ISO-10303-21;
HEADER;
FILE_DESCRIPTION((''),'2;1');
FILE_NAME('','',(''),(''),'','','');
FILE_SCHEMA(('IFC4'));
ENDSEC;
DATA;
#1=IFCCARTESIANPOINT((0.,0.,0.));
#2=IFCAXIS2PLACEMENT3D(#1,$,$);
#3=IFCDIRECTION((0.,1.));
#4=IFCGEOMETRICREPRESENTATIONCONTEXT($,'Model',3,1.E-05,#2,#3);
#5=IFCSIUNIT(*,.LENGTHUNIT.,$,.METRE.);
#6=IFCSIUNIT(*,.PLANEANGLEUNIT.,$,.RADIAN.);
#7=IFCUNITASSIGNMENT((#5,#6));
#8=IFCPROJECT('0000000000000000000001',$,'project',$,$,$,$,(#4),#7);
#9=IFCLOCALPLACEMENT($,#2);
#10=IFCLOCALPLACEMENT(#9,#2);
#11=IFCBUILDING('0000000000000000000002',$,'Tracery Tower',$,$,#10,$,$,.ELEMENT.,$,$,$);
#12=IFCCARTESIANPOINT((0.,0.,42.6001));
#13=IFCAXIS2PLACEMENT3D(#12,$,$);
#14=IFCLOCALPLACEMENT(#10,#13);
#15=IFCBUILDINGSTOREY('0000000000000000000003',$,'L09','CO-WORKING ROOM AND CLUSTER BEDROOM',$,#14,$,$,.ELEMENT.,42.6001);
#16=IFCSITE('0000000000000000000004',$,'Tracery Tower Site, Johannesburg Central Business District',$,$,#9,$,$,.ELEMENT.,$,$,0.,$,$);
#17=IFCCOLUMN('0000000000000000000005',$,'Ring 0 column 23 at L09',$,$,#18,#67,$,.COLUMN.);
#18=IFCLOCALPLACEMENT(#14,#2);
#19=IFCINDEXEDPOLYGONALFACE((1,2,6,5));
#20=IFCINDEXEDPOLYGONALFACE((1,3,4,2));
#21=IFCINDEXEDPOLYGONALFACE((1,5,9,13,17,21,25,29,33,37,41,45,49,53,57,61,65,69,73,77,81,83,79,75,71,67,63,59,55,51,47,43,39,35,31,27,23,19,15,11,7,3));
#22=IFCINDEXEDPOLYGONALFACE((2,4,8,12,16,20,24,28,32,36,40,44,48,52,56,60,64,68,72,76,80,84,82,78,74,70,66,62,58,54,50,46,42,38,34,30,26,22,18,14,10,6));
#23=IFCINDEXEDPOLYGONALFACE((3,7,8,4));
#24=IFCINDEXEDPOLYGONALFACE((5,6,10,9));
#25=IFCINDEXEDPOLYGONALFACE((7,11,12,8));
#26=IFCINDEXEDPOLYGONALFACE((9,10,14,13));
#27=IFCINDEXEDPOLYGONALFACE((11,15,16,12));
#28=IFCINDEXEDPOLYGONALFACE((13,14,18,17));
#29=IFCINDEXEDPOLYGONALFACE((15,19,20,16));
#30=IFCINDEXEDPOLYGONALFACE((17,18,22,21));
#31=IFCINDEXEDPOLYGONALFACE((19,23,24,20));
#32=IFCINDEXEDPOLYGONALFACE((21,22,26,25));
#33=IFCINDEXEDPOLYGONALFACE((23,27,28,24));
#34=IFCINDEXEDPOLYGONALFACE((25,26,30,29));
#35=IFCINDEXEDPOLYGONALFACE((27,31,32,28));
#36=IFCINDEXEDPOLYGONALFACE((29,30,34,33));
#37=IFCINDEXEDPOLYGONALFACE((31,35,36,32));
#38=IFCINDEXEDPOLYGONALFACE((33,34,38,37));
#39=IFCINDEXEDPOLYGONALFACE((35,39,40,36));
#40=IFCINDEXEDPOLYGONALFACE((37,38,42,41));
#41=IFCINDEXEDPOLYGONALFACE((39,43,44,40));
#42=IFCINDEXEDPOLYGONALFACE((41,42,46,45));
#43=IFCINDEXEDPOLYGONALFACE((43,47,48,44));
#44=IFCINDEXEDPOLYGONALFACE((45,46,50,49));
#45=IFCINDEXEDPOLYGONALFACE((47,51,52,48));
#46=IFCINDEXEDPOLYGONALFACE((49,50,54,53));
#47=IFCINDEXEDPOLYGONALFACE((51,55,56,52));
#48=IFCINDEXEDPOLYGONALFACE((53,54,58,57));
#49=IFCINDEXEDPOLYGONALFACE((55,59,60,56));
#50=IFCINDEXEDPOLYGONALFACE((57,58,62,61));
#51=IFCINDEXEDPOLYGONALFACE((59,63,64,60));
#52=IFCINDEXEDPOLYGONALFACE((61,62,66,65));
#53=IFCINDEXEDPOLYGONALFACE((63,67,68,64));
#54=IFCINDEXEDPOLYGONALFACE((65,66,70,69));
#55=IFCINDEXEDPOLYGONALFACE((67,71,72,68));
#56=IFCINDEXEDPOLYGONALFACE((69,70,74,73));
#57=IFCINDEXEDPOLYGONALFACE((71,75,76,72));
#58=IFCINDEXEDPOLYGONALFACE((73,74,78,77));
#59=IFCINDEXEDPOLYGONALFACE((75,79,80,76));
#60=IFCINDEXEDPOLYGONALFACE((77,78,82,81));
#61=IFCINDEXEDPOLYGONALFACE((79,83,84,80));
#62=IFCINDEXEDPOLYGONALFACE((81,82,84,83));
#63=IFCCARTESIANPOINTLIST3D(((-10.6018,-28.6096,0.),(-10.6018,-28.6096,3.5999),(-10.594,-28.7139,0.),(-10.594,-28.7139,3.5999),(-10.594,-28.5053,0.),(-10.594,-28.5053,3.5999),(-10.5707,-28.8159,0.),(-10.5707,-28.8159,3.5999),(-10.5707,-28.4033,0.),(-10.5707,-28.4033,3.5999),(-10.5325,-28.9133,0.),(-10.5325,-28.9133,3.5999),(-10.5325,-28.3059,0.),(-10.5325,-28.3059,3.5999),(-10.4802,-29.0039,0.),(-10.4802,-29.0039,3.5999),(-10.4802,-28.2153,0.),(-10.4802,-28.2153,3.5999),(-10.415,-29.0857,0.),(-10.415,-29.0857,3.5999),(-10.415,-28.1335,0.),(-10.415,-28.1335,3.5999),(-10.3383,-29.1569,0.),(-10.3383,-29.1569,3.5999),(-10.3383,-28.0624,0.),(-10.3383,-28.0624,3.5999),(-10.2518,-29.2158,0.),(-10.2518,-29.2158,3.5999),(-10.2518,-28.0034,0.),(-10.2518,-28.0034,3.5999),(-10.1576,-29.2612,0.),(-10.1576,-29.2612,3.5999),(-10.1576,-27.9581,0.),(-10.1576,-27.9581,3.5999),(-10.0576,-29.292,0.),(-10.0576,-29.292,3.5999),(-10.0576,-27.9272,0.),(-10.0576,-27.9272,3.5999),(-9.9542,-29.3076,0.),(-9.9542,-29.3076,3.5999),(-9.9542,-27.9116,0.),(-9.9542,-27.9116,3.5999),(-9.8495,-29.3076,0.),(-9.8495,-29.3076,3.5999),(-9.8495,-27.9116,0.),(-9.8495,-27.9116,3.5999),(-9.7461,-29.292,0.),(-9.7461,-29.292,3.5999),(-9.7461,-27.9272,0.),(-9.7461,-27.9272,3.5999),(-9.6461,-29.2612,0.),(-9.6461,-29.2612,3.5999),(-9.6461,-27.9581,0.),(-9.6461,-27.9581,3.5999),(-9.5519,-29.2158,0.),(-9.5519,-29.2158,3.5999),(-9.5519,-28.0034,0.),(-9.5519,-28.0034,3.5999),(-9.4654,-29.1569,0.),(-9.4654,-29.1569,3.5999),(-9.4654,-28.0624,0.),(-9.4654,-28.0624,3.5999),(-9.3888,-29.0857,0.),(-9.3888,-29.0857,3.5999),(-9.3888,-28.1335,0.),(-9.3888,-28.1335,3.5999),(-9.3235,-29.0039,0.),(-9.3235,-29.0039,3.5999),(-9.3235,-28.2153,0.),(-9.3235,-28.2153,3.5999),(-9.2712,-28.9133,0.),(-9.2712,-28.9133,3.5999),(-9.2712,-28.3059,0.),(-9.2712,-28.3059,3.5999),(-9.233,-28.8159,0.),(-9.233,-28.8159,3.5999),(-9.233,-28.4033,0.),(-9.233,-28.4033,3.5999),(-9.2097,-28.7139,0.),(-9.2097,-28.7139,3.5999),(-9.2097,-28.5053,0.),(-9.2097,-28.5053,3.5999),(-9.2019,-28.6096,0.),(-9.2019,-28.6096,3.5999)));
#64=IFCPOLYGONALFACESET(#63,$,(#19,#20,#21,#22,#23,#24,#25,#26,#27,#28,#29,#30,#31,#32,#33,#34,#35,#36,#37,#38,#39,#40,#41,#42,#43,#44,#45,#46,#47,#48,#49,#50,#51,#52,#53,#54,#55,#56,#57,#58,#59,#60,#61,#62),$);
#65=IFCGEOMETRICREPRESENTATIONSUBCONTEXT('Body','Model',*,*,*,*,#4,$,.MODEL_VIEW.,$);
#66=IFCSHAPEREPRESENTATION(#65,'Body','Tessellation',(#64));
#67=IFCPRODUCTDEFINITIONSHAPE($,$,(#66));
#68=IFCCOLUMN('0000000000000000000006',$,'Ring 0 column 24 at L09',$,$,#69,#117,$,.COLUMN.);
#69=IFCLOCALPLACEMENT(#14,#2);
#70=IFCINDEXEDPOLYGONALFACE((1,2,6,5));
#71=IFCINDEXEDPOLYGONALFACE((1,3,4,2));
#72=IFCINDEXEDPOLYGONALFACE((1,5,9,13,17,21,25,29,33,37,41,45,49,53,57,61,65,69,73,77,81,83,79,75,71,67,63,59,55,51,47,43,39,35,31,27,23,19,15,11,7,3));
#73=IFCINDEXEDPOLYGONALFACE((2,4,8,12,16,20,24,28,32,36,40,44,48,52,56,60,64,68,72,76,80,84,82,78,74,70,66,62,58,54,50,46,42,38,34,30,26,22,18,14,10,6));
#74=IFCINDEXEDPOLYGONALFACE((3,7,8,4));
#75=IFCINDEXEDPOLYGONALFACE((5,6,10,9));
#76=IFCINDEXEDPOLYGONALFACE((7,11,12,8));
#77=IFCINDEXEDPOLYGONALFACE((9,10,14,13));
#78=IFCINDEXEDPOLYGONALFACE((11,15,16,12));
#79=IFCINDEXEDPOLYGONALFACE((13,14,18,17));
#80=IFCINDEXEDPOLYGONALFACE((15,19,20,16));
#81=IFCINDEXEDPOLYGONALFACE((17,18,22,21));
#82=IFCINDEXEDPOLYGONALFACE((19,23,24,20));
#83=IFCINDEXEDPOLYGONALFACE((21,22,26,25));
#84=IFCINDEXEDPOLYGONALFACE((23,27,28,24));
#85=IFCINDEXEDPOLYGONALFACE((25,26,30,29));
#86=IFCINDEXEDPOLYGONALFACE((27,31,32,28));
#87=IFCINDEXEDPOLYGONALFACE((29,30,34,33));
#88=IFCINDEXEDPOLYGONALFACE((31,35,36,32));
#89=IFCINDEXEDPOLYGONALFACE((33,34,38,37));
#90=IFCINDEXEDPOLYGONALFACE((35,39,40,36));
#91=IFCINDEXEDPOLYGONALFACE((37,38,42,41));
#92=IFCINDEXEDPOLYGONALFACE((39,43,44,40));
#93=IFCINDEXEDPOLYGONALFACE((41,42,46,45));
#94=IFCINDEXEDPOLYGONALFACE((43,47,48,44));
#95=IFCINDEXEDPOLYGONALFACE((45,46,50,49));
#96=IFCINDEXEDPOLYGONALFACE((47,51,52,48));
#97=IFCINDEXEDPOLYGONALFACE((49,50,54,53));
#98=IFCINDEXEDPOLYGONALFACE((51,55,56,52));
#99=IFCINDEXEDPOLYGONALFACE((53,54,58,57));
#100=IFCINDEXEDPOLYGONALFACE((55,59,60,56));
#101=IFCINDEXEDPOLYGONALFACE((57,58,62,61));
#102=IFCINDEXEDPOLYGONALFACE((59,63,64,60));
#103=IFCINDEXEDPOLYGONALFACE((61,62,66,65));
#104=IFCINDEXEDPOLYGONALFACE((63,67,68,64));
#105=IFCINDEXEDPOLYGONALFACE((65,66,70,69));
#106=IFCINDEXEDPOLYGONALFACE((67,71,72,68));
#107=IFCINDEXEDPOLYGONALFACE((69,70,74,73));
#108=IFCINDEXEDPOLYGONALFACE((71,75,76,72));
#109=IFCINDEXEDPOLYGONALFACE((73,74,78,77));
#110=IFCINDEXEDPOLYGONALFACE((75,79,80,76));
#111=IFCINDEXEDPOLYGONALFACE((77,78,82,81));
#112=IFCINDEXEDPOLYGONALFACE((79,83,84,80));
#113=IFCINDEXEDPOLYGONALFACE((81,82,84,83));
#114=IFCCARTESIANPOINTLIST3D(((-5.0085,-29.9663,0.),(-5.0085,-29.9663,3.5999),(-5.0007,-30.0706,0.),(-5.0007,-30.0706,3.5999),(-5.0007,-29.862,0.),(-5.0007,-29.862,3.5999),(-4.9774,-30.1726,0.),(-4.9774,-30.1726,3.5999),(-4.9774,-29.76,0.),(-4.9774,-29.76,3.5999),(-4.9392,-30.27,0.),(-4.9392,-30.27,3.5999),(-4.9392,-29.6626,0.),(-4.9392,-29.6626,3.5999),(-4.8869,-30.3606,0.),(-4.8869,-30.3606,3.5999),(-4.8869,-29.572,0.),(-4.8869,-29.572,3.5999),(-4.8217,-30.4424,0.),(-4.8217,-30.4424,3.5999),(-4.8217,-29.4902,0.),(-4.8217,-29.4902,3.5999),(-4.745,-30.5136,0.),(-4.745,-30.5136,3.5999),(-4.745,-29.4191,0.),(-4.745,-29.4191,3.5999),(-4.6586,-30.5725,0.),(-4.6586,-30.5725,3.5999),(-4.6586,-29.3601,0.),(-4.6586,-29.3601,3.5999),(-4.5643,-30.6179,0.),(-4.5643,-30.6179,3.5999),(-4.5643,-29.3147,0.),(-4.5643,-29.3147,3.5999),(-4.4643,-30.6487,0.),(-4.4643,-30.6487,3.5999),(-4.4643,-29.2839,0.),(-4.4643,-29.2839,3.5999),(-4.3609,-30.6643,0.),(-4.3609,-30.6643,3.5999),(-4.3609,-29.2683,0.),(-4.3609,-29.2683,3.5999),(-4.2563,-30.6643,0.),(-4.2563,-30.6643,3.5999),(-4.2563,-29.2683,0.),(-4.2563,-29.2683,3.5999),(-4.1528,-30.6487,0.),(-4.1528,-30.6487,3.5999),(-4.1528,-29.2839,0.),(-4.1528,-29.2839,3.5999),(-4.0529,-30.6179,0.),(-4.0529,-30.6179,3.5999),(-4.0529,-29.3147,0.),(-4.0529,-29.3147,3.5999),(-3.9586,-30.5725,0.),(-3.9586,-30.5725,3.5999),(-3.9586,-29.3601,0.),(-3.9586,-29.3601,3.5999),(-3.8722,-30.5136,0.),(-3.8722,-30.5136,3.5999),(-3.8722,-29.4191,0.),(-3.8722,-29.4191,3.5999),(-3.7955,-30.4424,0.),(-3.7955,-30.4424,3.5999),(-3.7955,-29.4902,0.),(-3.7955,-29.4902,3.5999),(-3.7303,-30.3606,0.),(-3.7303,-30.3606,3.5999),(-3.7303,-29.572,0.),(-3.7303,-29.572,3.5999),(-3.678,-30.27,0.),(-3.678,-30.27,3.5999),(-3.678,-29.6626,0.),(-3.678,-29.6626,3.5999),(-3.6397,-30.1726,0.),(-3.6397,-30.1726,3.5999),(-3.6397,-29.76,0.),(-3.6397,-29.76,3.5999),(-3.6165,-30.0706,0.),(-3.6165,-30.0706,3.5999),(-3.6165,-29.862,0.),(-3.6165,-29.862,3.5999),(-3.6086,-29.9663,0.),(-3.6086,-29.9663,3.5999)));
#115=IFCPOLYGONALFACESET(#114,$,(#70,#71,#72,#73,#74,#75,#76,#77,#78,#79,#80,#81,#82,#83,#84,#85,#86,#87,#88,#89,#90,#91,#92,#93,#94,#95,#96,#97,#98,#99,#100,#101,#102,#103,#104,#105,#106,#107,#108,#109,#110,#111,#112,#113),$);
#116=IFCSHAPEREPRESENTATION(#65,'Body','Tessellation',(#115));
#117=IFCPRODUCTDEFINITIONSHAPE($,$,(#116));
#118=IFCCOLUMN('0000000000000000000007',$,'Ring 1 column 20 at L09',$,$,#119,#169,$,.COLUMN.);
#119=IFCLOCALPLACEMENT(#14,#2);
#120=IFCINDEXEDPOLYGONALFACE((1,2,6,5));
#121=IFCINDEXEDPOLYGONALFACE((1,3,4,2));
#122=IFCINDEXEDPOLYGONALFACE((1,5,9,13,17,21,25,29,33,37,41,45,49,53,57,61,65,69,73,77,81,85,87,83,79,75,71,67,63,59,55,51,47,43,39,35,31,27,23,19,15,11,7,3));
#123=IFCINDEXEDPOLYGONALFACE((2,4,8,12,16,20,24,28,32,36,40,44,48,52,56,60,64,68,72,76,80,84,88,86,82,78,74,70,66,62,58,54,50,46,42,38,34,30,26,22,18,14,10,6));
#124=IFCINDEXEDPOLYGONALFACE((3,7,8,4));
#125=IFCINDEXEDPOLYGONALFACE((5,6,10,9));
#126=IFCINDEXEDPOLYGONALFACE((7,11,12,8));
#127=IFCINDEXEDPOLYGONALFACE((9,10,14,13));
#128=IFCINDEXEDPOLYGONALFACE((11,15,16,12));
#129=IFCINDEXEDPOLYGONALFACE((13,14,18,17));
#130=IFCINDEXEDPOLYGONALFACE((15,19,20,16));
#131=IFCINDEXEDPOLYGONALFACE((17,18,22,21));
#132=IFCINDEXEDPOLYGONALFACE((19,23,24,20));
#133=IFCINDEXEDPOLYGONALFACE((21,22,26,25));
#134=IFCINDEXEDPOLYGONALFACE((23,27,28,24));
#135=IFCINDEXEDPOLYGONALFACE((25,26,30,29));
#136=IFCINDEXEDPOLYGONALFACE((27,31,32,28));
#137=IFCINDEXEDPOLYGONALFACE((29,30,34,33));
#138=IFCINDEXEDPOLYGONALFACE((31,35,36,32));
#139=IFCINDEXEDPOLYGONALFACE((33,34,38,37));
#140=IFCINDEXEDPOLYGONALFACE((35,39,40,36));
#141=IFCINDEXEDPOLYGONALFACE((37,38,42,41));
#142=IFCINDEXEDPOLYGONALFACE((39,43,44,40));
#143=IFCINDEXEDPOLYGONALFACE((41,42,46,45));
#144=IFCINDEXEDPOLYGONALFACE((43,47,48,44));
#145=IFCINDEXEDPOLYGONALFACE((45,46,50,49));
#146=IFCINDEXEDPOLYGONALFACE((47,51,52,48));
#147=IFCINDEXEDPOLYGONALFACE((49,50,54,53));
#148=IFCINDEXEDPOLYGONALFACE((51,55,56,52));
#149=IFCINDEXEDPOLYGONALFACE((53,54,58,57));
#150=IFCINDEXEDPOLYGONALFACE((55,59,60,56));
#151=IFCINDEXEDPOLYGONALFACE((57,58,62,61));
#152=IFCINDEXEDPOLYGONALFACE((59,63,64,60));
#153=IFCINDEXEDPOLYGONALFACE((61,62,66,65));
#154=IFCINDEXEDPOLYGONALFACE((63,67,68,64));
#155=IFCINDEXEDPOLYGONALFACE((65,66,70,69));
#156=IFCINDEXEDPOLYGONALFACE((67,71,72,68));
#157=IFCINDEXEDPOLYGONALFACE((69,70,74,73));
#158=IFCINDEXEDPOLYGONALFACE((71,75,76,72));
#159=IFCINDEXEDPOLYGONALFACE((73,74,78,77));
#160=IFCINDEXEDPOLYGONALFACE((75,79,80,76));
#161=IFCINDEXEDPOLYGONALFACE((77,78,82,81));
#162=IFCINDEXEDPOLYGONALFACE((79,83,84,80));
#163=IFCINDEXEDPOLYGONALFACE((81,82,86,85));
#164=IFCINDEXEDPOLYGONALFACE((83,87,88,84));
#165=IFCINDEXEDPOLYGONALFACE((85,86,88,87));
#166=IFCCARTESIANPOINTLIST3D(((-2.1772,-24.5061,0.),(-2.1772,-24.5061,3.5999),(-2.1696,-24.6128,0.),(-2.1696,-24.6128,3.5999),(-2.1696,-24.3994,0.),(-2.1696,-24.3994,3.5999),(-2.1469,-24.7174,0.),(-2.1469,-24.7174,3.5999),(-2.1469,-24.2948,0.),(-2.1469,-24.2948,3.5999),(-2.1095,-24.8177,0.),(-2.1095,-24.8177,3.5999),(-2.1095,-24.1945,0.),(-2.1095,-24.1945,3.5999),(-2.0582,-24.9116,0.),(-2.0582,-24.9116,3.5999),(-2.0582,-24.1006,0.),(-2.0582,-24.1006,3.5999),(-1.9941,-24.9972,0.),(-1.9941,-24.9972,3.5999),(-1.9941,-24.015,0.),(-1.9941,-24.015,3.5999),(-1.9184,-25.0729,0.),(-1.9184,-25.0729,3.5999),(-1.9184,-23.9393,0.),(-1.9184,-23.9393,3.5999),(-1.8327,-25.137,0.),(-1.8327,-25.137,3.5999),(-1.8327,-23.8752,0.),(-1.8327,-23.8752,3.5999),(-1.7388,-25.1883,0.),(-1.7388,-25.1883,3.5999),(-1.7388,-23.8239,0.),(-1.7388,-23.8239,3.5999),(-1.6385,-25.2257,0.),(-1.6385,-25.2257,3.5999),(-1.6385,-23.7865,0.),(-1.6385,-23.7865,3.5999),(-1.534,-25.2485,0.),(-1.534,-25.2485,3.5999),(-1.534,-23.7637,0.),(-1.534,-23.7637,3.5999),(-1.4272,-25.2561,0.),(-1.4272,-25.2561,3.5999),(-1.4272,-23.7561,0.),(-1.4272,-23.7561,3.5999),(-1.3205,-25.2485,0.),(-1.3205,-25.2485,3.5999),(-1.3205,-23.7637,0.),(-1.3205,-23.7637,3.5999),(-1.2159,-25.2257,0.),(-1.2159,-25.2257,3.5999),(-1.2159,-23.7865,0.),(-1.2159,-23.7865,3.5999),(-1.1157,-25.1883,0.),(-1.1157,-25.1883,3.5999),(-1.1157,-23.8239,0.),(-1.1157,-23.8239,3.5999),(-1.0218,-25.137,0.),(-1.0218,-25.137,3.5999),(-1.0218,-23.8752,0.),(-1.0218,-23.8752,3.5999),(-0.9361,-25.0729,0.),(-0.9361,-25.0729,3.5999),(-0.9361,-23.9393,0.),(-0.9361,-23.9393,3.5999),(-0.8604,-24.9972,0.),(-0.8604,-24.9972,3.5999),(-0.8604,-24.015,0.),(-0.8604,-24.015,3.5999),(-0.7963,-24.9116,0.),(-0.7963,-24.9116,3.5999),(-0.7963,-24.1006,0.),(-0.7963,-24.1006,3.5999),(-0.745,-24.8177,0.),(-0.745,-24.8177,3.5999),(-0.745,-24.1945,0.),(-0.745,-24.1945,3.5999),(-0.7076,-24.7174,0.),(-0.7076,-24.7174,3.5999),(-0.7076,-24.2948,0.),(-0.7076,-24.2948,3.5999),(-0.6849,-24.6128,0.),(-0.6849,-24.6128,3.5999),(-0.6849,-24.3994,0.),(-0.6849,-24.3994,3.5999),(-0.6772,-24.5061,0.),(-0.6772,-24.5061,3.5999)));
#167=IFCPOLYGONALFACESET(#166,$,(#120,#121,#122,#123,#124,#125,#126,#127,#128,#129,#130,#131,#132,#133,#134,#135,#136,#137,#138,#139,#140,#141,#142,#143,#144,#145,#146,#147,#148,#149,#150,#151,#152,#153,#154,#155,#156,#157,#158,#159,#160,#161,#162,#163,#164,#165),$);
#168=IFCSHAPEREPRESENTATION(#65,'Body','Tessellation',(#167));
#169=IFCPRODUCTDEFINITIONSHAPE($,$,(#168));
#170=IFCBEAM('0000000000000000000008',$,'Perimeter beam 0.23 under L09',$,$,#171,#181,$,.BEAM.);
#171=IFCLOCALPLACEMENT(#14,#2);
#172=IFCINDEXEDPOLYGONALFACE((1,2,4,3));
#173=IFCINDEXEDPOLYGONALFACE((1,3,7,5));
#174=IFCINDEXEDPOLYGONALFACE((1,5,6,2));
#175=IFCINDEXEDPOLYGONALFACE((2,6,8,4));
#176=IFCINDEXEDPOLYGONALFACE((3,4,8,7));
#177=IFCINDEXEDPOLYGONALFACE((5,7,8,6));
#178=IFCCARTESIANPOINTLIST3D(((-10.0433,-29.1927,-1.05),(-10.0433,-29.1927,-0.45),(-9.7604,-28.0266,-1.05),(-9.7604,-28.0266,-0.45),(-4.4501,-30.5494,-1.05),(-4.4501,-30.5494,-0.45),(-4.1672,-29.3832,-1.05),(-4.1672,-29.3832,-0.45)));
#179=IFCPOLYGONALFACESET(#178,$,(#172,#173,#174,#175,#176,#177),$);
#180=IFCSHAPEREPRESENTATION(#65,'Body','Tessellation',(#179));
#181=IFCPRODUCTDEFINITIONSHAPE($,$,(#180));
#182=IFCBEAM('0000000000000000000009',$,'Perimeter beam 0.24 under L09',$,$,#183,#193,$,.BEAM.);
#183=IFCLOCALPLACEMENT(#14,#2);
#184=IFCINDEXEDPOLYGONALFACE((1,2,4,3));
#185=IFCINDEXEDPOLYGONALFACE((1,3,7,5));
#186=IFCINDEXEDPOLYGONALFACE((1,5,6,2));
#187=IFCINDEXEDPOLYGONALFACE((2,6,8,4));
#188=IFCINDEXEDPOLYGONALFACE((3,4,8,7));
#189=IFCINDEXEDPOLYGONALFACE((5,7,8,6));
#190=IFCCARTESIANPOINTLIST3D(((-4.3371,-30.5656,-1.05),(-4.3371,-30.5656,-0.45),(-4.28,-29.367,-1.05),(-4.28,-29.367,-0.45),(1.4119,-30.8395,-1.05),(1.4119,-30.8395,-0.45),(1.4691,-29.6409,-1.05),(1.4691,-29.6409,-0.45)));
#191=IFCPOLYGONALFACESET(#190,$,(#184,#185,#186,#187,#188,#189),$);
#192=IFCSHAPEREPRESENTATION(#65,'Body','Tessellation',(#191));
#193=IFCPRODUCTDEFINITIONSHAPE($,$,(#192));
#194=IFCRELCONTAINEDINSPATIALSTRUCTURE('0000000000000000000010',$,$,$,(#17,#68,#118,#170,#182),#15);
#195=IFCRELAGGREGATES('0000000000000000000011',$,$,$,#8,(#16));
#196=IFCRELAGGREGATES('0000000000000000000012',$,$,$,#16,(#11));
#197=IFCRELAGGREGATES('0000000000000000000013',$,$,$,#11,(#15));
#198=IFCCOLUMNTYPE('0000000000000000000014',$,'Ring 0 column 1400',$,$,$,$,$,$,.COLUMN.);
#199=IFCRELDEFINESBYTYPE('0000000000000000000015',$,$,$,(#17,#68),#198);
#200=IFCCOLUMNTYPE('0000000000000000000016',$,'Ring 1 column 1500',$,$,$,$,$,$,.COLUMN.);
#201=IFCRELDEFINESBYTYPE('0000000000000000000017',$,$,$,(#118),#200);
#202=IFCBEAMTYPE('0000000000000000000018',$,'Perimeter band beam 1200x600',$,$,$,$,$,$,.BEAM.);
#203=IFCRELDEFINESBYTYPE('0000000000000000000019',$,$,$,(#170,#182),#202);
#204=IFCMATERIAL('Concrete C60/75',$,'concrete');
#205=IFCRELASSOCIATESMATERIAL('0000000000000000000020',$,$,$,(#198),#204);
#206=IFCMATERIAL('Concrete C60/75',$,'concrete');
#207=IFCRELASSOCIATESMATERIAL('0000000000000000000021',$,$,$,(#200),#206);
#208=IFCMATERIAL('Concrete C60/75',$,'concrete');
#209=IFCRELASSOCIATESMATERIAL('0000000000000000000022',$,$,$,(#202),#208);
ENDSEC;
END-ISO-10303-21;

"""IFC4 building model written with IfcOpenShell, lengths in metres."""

from ifc_helpers import new_model, si_unit, direction, frame, origin, origin_2d, place, context, subcontext, project, spatial, rectangle, circle, extrude, material, material_profile, profile_set, type_object, element, save


model = new_model("IFC4")

# Units and contexts
model_context = context("Model", 3, precision=1e-05, world=origin(), true_north=direction((0.0, 1.0)))
body_context = subcontext(model_context, "Body", "Model", "MODEL_VIEW")
ifc_project = project(units=[si_unit("LENGTHUNIT", "METRE"), si_unit("PLANEANGLEUNIT", "RADIAN")], contexts=[model_context])

# Site, building, storey
site_placement = place(None, origin())
site = spatial("IfcSite", under=ifc_project, at=site_placement, Name="Tracery Tower Site, Johannesburg Central Business District", CompositionType="ELEMENT", RefElevation=0.0)
building_placement = place(site_placement, origin())
building = spatial("IfcBuilding", under=site, at=building_placement, Name="Tracery Tower", CompositionType="ELEMENT")
storey_placement = place(building_placement, frame((0.0, 0.0, 42.6001)))
storey = spatial("IfcBuildingStorey", under=building, at=storey_placement, Name="L09", Description="CO-WORKING ROOM AND CLUSTER BEDROOM", CompositionType="ELEMENT", Elevation=42.6001)

# Columns
ifc_material_1 = material(Name="Concrete C60/75", Category="concrete")
ifc_material_profile_1 = material_profile(ifc_material_1, circle(Radius=0.7, at=origin_2d()), Name="RC D1400")
ifc_profile_set_1 = profile_set([ifc_material_profile_1], Name="Concrete C60/75")
column_type_1 = type_object("IfcColumnType", Name="Ring 0 column 1400", PredefinedType="COLUMN", material=ifc_profile_set_1)
for number, where, z_axis, x_axis, name in (
    (1, (-9.9019, -28.6096, 0.0), (0.0, 0.0, 1.0), (1.0, 0.0, 0.0), "Ring 0 column 23 at L09"),
    (2, (-4.3086, -29.9663, 0.0), (0.0, 0.0, 1.0), (1.0, 0.0, 0.0), "Ring 0 column 24 at L09"),
):
    element("IfcColumn", number, at=place(storey_placement, frame(where, z_axis=z_axis, x_axis=x_axis)), inside=storey, type_object=column_type_1, Name=name, PredefinedType="COLUMN", context=body_context, shape_type="SweptSolid", body=[
        extrude(circle(Radius=0.7, at=origin_2d()), origin(), (0.0, 0.0, 1.0), 3.5999),
    ])
ifc_material_2 = material(Name="Concrete C60/75", Category="concrete")
ifc_material_profile_2 = material_profile(ifc_material_2, circle(Radius=0.75, at=origin_2d()), Name="RC D1500")
ifc_profile_set_2 = profile_set([ifc_material_profile_2], Name="Concrete C60/75")
column_type_2 = type_object("IfcColumnType", Name="Ring 1 column 1500", PredefinedType="COLUMN", material=ifc_profile_set_2)
column_placement = place(storey_placement, frame((-1.4272, -24.5061, 0.0), z_axis=(0.0, 0.0, 1.0), x_axis=(1.0, 0.0, 0.0)))
element("IfcColumn", 3, at=column_placement, inside=storey, type_object=column_type_2, Name="Ring 1 column 20 at L09", PredefinedType="COLUMN", context=body_context, shape_type="SweptSolid", body=[
    extrude(circle(Radius=0.75, at=origin_2d()), origin(), (0.0, 0.0, 1.0), 3.5999),
])

# Beams
ifc_material_3 = material(Name="Concrete C60/75", Category="concrete")
ifc_material_profile_3 = material_profile(ifc_material_3, rectangle(XDim=1.2, YDim=0.6001, at=origin_2d()), Name="RC 1200x600")
ifc_profile_set_3 = profile_set([ifc_material_profile_3], Name="Concrete C60/75")
beam_type = type_object("IfcBeamType", Name="Perimeter band beam 1200x600", PredefinedType="BEAM", material=ifc_profile_set_3)
beam_1_placement = place(storey_placement, frame((-9.9019, -28.6096, -0.75), z_axis=(0.97182, -0.235723, 0.0), x_axis=(0.235723, 0.97182, 0.0)))
element("IfcBeam", 4, at=beam_1_placement, inside=storey, type_object=beam_type, Name="Perimeter beam 0.23 under L09", PredefinedType="BEAM", context=body_context, shape_type="SweptSolid", body=[
    extrude(rectangle(XDim=1.2, YDim=0.6001, at=origin_2d()), origin(), (0.0, 0.0, 1.0), 5.7554),
])
beam_2_placement = place(storey_placement, frame((-4.3086, -29.9663, -0.75), z_axis=(0.998867, -0.047593, 0.0), x_axis=(0.047593, 0.998867, 0.0)))
element("IfcBeam", 5, at=beam_2_placement, inside=storey, type_object=beam_type, Name="Perimeter beam 0.24 under L09", PredefinedType="BEAM", context=body_context, shape_type="SweptSolid", body=[
    extrude(rectangle(XDim=1.2, YDim=0.6001, at=origin_2d()), origin(), (0.0, 0.0, 1.0), 5.7556),
])

save(model, "model.ifc")
